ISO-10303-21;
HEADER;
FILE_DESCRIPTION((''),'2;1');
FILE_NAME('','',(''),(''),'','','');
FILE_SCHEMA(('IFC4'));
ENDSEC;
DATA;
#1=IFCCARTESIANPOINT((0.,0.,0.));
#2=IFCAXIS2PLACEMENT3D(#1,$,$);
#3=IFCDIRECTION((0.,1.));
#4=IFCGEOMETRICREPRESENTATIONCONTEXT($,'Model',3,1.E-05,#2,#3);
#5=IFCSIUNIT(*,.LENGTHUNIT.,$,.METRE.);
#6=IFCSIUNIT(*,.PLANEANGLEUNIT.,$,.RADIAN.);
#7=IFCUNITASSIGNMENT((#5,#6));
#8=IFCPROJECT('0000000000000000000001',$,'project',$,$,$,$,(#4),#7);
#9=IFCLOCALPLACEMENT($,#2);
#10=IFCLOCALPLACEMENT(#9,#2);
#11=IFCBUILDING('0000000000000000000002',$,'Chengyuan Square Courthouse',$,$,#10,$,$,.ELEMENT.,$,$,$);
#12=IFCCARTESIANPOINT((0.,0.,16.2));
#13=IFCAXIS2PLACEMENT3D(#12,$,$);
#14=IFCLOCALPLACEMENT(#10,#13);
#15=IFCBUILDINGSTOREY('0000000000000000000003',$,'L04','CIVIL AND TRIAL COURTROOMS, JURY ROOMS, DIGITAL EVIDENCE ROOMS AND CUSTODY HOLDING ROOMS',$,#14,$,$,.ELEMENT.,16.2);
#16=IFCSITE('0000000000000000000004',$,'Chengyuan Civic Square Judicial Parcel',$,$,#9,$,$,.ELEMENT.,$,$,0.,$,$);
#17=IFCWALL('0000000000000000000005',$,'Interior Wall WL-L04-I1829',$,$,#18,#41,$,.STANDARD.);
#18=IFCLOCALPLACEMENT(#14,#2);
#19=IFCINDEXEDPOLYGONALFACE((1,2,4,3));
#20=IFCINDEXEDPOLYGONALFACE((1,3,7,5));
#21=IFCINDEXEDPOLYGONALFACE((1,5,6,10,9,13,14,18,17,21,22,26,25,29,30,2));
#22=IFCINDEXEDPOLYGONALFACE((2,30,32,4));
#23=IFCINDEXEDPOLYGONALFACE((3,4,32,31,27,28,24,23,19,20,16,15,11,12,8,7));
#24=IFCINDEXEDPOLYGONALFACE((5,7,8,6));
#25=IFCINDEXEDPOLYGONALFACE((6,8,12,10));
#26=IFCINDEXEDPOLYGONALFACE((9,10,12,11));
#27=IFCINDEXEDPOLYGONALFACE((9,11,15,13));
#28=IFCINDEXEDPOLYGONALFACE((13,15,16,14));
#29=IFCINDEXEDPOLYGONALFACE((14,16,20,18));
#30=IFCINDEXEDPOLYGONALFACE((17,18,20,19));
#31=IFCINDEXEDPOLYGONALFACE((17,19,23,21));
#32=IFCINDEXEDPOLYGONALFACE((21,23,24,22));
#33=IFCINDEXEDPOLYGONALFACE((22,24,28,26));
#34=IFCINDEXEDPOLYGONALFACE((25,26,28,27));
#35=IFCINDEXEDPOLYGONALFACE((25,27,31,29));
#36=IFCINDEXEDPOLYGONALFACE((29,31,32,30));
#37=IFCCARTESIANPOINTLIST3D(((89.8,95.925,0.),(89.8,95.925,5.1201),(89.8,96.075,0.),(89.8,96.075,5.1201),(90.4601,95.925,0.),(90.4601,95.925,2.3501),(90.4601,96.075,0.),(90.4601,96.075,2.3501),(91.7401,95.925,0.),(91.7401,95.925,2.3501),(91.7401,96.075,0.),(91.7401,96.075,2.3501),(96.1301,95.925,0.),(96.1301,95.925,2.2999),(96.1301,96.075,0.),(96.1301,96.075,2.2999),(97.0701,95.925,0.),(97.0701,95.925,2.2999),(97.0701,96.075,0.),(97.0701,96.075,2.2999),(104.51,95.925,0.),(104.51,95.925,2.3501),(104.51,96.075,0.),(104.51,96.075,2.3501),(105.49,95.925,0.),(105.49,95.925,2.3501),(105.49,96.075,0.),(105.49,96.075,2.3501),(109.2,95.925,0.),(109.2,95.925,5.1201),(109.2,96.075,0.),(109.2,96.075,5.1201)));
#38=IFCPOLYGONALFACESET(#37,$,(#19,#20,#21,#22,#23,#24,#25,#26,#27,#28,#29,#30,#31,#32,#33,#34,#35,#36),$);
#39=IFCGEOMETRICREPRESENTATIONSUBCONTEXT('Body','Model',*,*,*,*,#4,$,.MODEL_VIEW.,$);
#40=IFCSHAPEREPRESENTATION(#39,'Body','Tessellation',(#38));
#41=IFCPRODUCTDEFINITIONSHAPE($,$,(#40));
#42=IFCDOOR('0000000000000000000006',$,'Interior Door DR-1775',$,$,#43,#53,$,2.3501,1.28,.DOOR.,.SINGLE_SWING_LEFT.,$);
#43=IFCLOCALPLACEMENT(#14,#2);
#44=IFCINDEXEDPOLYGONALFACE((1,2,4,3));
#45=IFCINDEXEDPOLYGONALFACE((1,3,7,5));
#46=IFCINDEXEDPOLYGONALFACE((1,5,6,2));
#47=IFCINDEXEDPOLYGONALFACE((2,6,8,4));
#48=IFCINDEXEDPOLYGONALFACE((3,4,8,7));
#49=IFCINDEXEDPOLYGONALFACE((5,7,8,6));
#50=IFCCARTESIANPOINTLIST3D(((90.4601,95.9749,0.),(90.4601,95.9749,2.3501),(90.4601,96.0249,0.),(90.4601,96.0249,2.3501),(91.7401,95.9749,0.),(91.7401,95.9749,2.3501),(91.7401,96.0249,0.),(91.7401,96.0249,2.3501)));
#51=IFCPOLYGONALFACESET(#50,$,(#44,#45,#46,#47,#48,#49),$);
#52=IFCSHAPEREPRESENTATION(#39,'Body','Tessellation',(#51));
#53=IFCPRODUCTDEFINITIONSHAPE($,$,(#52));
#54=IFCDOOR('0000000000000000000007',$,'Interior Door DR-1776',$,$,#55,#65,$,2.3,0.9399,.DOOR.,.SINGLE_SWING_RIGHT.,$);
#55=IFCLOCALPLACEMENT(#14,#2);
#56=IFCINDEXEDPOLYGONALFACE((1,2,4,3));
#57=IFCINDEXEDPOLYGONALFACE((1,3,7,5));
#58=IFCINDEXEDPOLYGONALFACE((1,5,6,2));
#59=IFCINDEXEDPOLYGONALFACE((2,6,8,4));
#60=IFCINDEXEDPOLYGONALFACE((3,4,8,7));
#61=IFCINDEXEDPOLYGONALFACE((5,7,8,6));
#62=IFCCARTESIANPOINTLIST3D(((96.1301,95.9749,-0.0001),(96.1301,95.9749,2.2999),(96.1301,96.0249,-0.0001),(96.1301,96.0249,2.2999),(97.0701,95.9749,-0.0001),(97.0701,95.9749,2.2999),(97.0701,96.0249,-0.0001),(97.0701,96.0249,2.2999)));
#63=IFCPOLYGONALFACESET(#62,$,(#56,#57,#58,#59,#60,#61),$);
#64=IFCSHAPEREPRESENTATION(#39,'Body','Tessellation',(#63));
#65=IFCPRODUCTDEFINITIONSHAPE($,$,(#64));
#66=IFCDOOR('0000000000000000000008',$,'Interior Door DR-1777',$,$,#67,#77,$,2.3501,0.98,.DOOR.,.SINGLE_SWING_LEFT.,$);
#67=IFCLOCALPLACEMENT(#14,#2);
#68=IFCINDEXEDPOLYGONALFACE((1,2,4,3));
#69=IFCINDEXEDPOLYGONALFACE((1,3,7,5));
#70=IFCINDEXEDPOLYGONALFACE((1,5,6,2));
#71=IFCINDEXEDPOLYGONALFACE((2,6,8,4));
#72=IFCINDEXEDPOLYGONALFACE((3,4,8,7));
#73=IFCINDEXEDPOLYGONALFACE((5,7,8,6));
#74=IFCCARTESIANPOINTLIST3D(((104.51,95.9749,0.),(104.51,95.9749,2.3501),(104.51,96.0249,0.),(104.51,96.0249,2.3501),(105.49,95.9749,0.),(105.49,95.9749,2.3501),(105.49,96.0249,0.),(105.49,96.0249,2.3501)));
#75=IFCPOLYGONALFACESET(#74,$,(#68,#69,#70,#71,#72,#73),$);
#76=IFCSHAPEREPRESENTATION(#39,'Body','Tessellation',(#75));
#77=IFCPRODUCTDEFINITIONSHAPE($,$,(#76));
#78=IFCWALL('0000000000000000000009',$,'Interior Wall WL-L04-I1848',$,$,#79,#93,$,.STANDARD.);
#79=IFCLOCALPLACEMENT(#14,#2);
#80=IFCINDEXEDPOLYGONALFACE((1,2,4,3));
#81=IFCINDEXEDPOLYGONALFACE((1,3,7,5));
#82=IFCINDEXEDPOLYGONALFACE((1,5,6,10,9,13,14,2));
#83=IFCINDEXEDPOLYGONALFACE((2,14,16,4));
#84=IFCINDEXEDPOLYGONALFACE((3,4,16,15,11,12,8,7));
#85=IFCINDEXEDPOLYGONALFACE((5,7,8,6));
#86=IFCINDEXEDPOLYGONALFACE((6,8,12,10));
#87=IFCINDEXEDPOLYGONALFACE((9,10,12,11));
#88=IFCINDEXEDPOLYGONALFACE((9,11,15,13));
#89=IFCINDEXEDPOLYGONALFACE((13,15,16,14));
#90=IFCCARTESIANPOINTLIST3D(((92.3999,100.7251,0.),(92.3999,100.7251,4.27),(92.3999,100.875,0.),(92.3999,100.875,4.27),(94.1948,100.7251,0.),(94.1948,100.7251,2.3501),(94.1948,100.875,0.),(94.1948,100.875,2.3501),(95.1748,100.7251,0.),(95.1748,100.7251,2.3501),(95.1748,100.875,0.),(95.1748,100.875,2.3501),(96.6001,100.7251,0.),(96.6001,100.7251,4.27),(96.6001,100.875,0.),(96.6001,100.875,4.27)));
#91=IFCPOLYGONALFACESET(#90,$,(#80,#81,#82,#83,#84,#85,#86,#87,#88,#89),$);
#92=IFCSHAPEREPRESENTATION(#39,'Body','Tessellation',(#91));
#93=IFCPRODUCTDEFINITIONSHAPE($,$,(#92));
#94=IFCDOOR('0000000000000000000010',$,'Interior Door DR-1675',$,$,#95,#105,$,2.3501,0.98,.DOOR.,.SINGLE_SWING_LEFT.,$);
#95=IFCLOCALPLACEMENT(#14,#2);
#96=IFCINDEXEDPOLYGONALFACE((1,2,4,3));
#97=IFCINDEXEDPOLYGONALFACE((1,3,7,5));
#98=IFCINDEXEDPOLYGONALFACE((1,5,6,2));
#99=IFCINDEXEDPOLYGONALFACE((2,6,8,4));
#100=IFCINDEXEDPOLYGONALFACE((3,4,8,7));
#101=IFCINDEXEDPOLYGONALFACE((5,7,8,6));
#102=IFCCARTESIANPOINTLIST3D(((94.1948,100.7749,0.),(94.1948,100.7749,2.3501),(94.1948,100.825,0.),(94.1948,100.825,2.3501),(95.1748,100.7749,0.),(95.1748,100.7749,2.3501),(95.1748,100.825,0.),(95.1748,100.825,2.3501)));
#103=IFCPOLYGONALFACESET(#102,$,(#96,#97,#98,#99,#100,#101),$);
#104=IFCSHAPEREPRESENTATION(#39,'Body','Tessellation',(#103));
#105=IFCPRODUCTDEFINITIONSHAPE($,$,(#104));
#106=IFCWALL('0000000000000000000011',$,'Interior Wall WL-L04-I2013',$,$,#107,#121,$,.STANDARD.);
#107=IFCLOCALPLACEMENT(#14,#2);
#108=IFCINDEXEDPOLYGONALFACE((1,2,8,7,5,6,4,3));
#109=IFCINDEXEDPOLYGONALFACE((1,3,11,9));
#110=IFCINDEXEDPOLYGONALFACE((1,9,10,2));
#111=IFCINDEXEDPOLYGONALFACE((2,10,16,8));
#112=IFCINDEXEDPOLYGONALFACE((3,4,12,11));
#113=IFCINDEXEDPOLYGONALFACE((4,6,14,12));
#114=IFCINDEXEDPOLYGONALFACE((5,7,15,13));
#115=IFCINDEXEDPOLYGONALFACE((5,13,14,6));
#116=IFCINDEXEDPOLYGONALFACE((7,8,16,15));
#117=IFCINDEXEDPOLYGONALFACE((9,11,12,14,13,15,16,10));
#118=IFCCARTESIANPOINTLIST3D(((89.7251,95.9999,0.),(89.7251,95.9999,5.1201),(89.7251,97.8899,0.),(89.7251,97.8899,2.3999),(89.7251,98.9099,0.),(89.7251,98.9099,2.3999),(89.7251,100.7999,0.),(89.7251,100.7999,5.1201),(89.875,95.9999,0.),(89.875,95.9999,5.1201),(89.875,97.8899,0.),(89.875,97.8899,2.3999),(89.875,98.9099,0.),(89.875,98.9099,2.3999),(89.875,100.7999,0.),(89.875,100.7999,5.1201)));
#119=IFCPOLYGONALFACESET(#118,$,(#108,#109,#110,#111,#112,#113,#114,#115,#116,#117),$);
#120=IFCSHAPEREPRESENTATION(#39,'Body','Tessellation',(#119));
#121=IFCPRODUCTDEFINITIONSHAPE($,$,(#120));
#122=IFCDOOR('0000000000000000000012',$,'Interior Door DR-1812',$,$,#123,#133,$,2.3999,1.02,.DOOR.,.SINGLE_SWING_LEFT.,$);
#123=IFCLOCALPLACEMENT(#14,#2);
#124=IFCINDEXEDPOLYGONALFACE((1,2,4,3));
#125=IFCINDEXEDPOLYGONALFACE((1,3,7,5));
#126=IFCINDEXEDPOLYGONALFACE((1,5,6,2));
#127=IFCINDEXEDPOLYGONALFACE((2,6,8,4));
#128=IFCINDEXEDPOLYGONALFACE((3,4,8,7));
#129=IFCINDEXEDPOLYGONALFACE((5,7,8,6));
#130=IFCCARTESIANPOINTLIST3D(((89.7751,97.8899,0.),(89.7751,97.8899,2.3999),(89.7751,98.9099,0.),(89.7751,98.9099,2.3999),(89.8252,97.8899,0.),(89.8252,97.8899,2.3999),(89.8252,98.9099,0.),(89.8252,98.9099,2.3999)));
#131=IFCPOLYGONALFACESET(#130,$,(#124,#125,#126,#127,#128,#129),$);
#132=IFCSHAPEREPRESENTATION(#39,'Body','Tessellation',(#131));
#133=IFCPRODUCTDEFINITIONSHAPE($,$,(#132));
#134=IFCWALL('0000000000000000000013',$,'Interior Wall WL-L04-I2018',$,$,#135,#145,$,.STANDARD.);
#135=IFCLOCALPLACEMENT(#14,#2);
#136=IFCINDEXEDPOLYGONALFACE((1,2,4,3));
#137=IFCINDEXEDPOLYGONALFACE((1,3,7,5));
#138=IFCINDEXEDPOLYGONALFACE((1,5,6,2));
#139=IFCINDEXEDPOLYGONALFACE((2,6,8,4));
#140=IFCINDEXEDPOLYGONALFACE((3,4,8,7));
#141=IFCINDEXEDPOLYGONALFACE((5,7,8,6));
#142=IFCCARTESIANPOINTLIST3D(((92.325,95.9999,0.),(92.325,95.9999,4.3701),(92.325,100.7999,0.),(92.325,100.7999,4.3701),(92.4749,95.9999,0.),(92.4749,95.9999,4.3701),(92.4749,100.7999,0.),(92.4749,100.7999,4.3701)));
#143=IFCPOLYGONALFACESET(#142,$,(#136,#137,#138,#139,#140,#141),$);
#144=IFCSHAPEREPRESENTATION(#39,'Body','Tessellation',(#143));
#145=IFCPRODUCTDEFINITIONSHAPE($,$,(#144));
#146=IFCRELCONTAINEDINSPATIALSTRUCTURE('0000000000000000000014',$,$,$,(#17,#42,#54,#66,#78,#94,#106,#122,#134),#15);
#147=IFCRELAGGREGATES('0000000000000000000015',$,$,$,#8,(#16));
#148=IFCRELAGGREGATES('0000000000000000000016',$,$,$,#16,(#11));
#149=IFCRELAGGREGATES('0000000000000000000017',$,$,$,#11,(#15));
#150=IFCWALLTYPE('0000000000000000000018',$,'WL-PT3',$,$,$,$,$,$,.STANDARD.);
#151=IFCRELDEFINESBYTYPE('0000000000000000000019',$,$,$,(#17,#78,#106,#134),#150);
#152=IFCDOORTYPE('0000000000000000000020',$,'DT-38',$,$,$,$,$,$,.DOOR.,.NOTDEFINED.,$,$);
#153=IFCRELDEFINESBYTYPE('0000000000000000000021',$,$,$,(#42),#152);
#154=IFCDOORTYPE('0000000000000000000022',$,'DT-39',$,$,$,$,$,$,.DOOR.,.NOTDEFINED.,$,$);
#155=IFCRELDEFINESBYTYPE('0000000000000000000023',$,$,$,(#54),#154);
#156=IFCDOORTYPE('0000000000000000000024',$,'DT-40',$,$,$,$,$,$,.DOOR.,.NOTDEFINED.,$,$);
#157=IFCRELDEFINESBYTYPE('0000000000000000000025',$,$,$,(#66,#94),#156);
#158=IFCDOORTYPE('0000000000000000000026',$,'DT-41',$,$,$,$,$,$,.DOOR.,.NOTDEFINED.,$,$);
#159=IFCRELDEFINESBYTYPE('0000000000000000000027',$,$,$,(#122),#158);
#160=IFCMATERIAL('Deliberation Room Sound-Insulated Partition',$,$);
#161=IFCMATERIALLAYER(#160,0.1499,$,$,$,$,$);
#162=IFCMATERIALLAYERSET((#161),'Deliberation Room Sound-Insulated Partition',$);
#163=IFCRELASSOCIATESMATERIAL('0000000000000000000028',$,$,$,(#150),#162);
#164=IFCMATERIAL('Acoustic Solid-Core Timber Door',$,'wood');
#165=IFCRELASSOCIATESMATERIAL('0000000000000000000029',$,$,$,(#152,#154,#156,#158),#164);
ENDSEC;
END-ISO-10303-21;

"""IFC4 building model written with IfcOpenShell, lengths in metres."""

from ifc_helpers import new_model, si_unit, direction, frame, frame_2d, origin, place, context, subcontext, project, spatial, rectangle, extrude, material, layer, layer_set, type_object, element, fill, save


model = new_model("IFC4")

# Units and contexts
model_context = context("Model", 3, precision=1e-05, world=origin(), true_north=direction((0.0, 1.0)))
body_context = subcontext(model_context, "Body", "Model", "MODEL_VIEW")
ifc_project = project(units=[si_unit("LENGTHUNIT", "METRE"), si_unit("PLANEANGLEUNIT", "RADIAN")], contexts=[model_context])

# Site, building, storey
site_placement = place(None, origin())
site = spatial("IfcSite", under=ifc_project, at=site_placement, Name="Chengyuan Civic Square Judicial Parcel", CompositionType="ELEMENT", RefElevation=0.0)
building_placement = place(site_placement, origin())
building = spatial("IfcBuilding", under=site, at=building_placement, Name="Chengyuan Square Courthouse", CompositionType="ELEMENT")
storey_placement = place(building_placement, frame((0.0, 0.0, 16.2)))
storey = spatial("IfcBuildingStorey", under=building, at=storey_placement, Name="L04", Description="CIVIL AND TRIAL COURTROOMS, JURY ROOMS, DIGITAL EVIDENCE ROOMS AND CUSTODY HOLDING ROOMS", CompositionType="ELEMENT", Elevation=16.2)

# Wall, openings, doors
ifc_material_1 = material(Name="Deliberation Room Sound-Insulated Partition")
ifc_layer_1 = layer(ifc_material_1, 0.1499)
ifc_layer_set_1 = layer_set([ifc_layer_1], Name="Deliberation Room Sound-Insulated Partition")
wall_type_1 = type_object("IfcWallType", Name="WL-PT3", PredefinedType="STANDARD", material=ifc_layer_set_1)
wall_1_placement = place(storey_placement, frame((89.8, 96.0, 0.0), z_axis=(0.0, 0.0, 1.0), x_axis=(1.0, 0.0, 0.0)))
wall_1 = element("IfcWall", 1, at=wall_1_placement, inside=storey, type_object=wall_type_1, Name="Interior Wall WL-L04-I1829", PredefinedType="STANDARD", context=body_context, shape_type="SweptSolid", body=[
    extrude(rectangle(XDim=19.3999, YDim=0.1499, at=frame_2d((9.7, 0.0))), origin(), (0.0, 0.0, 1.0), 5.1201),
])
opening_1_placement = place(wall_1_placement, frame((0.6599, 0.0, 0.0)))
opening_1 = element("IfcOpeningElement", 2, at=opening_1_placement, cuts=wall_1, PredefinedType="OPENING", context=body_context, shape_type="SweptSolid", body=[
    extrude(rectangle(XDim=1.28, YDim=2.3501, at=frame_2d((0.6401, 1.175))), frame((0.0, 0.0869, 0.0), z_axis=(0.0, -1.0, 0.0), x_axis=(1.0, 0.0, 0.0)), (0.0, 0.0, 1.0), 0.1738),
])
opening_2_placement = place(wall_1_placement, frame((6.3301, 0.0, 0.0)))
opening_2 = element("IfcOpeningElement", 3, at=opening_2_placement, cuts=wall_1, PredefinedType="OPENING", context=body_context, shape_type="SweptSolid", body=[
    extrude(rectangle(XDim=0.9399, YDim=2.3, at=frame_2d((0.47, 1.1499))), frame((0.0, 0.0869, 0.0), z_axis=(0.0, -1.0, 0.0), x_axis=(1.0, 0.0, 0.0)), (0.0, 0.0, 1.0), 0.1738),
])
opening_3_placement = place(wall_1_placement, frame((14.71, 0.0, 0.0)))
opening_3 = element("IfcOpeningElement", 4, at=opening_3_placement, cuts=wall_1, PredefinedType="OPENING", context=body_context, shape_type="SweptSolid", body=[
    extrude(rectangle(XDim=0.98, YDim=2.3501, at=frame_2d((0.49, 1.175))), frame((0.0, 0.0869, 0.0), z_axis=(0.0, -1.0, 0.0), x_axis=(1.0, 0.0, 0.0)), (0.0, 0.0, 1.0), 0.1738),
])
ifc_material_2 = material(Name="Acoustic Solid-Core Timber Door", Category="wood")
door_type_1 = type_object("IfcDoorType", Name="DT-38", OperationType="NOTDEFINED", PredefinedType="DOOR", material=ifc_material_2)
door_1_placement = place(opening_1_placement, origin())
door_1 = element("IfcDoor", 5, at=door_1_placement, inside=storey, type_object=door_type_1, Name="Interior Door DR-1775", OperationType="SINGLE_SWING_LEFT", OverallHeight=2.3501, OverallWidth=1.28, PredefinedType="DOOR", context=body_context, shape_type="SweptSolid", body=[
    extrude(rectangle(XDim=1.28, YDim=2.3501, at=frame_2d((0.6401, 1.175))), frame((0.0, 0.0249, 0.0), z_axis=(0.0, -1.0, 0.0), x_axis=(1.0, 0.0, 0.0)), (0.0, 0.0, 1.0), 0.05),
])
fill(opening_1, door_1)
door_type_2 = type_object("IfcDoorType", Name="DT-39", OperationType="NOTDEFINED", PredefinedType="DOOR", material=ifc_material_2)
door_2_placement = place(opening_2_placement, origin())
door_2 = element("IfcDoor", 6, at=door_2_placement, inside=storey, type_object=door_type_2, Name="Interior Door DR-1776", OperationType="SINGLE_SWING_RIGHT", OverallHeight=2.3, OverallWidth=0.9399, PredefinedType="DOOR", context=body_context, shape_type="SweptSolid", body=[
    extrude(rectangle(XDim=0.9399, YDim=2.3, at=frame_2d((0.47, 1.1499))), frame((0.0, 0.0249, 0.0), z_axis=(0.0, -1.0, 0.0), x_axis=(1.0, 0.0, 0.0)), (0.0, 0.0, 1.0), 0.05),
])
fill(opening_2, door_2)
door_type_3 = type_object("IfcDoorType", Name="DT-40", OperationType="NOTDEFINED", PredefinedType="DOOR", material=ifc_material_2)
door_3_placement = place(opening_3_placement, origin())
door_3 = element("IfcDoor", 7, at=door_3_placement, inside=storey, type_object=door_type_3, Name="Interior Door DR-1777", OperationType="SINGLE_SWING_LEFT", OverallHeight=2.3501, OverallWidth=0.98, PredefinedType="DOOR", context=body_context, shape_type="SweptSolid", body=[
    extrude(rectangle(XDim=0.98, YDim=2.3501, at=frame_2d((0.49, 1.175))), frame((0.0, 0.0249, 0.0), z_axis=(0.0, -1.0, 0.0), x_axis=(1.0, 0.0, 0.0)), (0.0, 0.0, 1.0), 0.05),
])
fill(opening_3, door_3)

# Walls, openings, doors
wall_2_placement = place(storey_placement, frame((92.3999, 100.8, 0.0), z_axis=(0.0, 0.0, 1.0), x_axis=(1.0, 0.0, 0.0)))
wall_2 = element("IfcWall", 8, at=wall_2_placement, inside=storey, type_object=wall_type_1, Name="Interior Wall WL-L04-I1848", PredefinedType="STANDARD", context=body_context, shape_type="SweptSolid", body=[
    extrude(rectangle(XDim=4.2002, YDim=0.1499, at=frame_2d((2.1001, 0.0))), origin(), (0.0, 0.0, 1.0), 4.27),
])
opening_4_placement = place(wall_2_placement, frame((1.7949, 0.0, 0.0)))
opening_4 = element("IfcOpeningElement", 9, at=opening_4_placement, cuts=wall_2, PredefinedType="OPENING", context=body_context, shape_type="SweptSolid", body=[
    extrude(rectangle(XDim=0.98, YDim=2.3501, at=frame_2d((0.49, 1.175))), frame((0.0, 0.0869, 0.0), z_axis=(0.0, -1.0, 0.0), x_axis=(1.0, 0.0, 0.0)), (0.0, 0.0, 1.0), 0.1738),
])
door_4_placement = place(opening_4_placement, origin())
door_4 = element("IfcDoor", 10, at=door_4_placement, inside=storey, type_object=door_type_3, Name="Interior Door DR-1675", OperationType="SINGLE_SWING_LEFT", OverallHeight=2.3501, OverallWidth=0.98, PredefinedType="DOOR", context=body_context, shape_type="SweptSolid", body=[
    extrude(rectangle(XDim=0.98, YDim=2.3501, at=frame_2d((0.49, 1.175))), frame((0.0, 0.0249, 0.0), z_axis=(0.0, -1.0, 0.0), x_axis=(1.0, 0.0, 0.0)), (0.0, 0.0, 1.0), 0.05),
])
fill(opening_4, door_4)
wall_3_placement = place(storey_placement, frame((89.8, 96.0, 0.0), z_axis=(0.0, 0.0, 1.0), x_axis=(0.0, 1.0, 0.0)))
wall_3 = element("IfcWall", 11, at=wall_3_placement, inside=storey, type_object=wall_type_1, Name="Interior Wall WL-L04-I2013", PredefinedType="STANDARD", context=body_context, shape_type="SweptSolid", body=[
    extrude(rectangle(XDim=4.8, YDim=0.1499, at=frame_2d((2.3999, 0.0))), origin(), (0.0, 0.0, 1.0), 5.1201),
])
opening_5_placement = place(wall_3_placement, frame((1.8899, 0.0, 0.0)))
opening_5 = element("IfcOpeningElement", 12, at=opening_5_placement, cuts=wall_3, PredefinedType="OPENING", context=body_context, shape_type="SweptSolid", body=[
    extrude(rectangle(XDim=1.02, YDim=2.3999, at=frame_2d((0.51, 1.2))), frame((0.0, 0.0869, 0.0), z_axis=(0.0, -1.0, 0.0), x_axis=(1.0, 0.0, 0.0)), (0.0, 0.0, 1.0), 0.1738),
])
door_type_4 = type_object("IfcDoorType", Name="DT-41", OperationType="NOTDEFINED", PredefinedType="DOOR", material=ifc_material_2)
door_5_placement = place(opening_5_placement, origin())
door_5 = element("IfcDoor", 13, at=door_5_placement, inside=storey, type_object=door_type_4, Name="Interior Door DR-1812", OperationType="SINGLE_SWING_LEFT", OverallHeight=2.3999, OverallWidth=1.02, PredefinedType="DOOR", context=body_context, shape_type="SweptSolid", body=[
    extrude(rectangle(XDim=1.02, YDim=2.3999, at=frame_2d((0.51, 1.2))), frame((0.0, 0.0249, 0.0), z_axis=(0.0, -1.0, 0.0), x_axis=(1.0, 0.0, 0.0)), (0.0, 0.0, 1.0), 0.05),
])
fill(opening_5, door_5)

# Wall
wall_4_placement = place(storey_placement, frame((92.3999, 96.0, 0.0), z_axis=(0.0, 0.0, 1.0), x_axis=(0.0, 1.0, 0.0)))
element("IfcWall", 14, at=wall_4_placement, inside=storey, type_object=wall_type_1, Name="Interior Wall WL-L04-I2018", PredefinedType="STANDARD", context=body_context, shape_type="SweptSolid", body=[
    extrude(rectangle(XDim=4.8, YDim=0.1499, at=frame_2d((2.3999, 0.0))), origin(), (0.0, 0.0, 1.0), 4.3701),
])

save(model, "model.ifc")
